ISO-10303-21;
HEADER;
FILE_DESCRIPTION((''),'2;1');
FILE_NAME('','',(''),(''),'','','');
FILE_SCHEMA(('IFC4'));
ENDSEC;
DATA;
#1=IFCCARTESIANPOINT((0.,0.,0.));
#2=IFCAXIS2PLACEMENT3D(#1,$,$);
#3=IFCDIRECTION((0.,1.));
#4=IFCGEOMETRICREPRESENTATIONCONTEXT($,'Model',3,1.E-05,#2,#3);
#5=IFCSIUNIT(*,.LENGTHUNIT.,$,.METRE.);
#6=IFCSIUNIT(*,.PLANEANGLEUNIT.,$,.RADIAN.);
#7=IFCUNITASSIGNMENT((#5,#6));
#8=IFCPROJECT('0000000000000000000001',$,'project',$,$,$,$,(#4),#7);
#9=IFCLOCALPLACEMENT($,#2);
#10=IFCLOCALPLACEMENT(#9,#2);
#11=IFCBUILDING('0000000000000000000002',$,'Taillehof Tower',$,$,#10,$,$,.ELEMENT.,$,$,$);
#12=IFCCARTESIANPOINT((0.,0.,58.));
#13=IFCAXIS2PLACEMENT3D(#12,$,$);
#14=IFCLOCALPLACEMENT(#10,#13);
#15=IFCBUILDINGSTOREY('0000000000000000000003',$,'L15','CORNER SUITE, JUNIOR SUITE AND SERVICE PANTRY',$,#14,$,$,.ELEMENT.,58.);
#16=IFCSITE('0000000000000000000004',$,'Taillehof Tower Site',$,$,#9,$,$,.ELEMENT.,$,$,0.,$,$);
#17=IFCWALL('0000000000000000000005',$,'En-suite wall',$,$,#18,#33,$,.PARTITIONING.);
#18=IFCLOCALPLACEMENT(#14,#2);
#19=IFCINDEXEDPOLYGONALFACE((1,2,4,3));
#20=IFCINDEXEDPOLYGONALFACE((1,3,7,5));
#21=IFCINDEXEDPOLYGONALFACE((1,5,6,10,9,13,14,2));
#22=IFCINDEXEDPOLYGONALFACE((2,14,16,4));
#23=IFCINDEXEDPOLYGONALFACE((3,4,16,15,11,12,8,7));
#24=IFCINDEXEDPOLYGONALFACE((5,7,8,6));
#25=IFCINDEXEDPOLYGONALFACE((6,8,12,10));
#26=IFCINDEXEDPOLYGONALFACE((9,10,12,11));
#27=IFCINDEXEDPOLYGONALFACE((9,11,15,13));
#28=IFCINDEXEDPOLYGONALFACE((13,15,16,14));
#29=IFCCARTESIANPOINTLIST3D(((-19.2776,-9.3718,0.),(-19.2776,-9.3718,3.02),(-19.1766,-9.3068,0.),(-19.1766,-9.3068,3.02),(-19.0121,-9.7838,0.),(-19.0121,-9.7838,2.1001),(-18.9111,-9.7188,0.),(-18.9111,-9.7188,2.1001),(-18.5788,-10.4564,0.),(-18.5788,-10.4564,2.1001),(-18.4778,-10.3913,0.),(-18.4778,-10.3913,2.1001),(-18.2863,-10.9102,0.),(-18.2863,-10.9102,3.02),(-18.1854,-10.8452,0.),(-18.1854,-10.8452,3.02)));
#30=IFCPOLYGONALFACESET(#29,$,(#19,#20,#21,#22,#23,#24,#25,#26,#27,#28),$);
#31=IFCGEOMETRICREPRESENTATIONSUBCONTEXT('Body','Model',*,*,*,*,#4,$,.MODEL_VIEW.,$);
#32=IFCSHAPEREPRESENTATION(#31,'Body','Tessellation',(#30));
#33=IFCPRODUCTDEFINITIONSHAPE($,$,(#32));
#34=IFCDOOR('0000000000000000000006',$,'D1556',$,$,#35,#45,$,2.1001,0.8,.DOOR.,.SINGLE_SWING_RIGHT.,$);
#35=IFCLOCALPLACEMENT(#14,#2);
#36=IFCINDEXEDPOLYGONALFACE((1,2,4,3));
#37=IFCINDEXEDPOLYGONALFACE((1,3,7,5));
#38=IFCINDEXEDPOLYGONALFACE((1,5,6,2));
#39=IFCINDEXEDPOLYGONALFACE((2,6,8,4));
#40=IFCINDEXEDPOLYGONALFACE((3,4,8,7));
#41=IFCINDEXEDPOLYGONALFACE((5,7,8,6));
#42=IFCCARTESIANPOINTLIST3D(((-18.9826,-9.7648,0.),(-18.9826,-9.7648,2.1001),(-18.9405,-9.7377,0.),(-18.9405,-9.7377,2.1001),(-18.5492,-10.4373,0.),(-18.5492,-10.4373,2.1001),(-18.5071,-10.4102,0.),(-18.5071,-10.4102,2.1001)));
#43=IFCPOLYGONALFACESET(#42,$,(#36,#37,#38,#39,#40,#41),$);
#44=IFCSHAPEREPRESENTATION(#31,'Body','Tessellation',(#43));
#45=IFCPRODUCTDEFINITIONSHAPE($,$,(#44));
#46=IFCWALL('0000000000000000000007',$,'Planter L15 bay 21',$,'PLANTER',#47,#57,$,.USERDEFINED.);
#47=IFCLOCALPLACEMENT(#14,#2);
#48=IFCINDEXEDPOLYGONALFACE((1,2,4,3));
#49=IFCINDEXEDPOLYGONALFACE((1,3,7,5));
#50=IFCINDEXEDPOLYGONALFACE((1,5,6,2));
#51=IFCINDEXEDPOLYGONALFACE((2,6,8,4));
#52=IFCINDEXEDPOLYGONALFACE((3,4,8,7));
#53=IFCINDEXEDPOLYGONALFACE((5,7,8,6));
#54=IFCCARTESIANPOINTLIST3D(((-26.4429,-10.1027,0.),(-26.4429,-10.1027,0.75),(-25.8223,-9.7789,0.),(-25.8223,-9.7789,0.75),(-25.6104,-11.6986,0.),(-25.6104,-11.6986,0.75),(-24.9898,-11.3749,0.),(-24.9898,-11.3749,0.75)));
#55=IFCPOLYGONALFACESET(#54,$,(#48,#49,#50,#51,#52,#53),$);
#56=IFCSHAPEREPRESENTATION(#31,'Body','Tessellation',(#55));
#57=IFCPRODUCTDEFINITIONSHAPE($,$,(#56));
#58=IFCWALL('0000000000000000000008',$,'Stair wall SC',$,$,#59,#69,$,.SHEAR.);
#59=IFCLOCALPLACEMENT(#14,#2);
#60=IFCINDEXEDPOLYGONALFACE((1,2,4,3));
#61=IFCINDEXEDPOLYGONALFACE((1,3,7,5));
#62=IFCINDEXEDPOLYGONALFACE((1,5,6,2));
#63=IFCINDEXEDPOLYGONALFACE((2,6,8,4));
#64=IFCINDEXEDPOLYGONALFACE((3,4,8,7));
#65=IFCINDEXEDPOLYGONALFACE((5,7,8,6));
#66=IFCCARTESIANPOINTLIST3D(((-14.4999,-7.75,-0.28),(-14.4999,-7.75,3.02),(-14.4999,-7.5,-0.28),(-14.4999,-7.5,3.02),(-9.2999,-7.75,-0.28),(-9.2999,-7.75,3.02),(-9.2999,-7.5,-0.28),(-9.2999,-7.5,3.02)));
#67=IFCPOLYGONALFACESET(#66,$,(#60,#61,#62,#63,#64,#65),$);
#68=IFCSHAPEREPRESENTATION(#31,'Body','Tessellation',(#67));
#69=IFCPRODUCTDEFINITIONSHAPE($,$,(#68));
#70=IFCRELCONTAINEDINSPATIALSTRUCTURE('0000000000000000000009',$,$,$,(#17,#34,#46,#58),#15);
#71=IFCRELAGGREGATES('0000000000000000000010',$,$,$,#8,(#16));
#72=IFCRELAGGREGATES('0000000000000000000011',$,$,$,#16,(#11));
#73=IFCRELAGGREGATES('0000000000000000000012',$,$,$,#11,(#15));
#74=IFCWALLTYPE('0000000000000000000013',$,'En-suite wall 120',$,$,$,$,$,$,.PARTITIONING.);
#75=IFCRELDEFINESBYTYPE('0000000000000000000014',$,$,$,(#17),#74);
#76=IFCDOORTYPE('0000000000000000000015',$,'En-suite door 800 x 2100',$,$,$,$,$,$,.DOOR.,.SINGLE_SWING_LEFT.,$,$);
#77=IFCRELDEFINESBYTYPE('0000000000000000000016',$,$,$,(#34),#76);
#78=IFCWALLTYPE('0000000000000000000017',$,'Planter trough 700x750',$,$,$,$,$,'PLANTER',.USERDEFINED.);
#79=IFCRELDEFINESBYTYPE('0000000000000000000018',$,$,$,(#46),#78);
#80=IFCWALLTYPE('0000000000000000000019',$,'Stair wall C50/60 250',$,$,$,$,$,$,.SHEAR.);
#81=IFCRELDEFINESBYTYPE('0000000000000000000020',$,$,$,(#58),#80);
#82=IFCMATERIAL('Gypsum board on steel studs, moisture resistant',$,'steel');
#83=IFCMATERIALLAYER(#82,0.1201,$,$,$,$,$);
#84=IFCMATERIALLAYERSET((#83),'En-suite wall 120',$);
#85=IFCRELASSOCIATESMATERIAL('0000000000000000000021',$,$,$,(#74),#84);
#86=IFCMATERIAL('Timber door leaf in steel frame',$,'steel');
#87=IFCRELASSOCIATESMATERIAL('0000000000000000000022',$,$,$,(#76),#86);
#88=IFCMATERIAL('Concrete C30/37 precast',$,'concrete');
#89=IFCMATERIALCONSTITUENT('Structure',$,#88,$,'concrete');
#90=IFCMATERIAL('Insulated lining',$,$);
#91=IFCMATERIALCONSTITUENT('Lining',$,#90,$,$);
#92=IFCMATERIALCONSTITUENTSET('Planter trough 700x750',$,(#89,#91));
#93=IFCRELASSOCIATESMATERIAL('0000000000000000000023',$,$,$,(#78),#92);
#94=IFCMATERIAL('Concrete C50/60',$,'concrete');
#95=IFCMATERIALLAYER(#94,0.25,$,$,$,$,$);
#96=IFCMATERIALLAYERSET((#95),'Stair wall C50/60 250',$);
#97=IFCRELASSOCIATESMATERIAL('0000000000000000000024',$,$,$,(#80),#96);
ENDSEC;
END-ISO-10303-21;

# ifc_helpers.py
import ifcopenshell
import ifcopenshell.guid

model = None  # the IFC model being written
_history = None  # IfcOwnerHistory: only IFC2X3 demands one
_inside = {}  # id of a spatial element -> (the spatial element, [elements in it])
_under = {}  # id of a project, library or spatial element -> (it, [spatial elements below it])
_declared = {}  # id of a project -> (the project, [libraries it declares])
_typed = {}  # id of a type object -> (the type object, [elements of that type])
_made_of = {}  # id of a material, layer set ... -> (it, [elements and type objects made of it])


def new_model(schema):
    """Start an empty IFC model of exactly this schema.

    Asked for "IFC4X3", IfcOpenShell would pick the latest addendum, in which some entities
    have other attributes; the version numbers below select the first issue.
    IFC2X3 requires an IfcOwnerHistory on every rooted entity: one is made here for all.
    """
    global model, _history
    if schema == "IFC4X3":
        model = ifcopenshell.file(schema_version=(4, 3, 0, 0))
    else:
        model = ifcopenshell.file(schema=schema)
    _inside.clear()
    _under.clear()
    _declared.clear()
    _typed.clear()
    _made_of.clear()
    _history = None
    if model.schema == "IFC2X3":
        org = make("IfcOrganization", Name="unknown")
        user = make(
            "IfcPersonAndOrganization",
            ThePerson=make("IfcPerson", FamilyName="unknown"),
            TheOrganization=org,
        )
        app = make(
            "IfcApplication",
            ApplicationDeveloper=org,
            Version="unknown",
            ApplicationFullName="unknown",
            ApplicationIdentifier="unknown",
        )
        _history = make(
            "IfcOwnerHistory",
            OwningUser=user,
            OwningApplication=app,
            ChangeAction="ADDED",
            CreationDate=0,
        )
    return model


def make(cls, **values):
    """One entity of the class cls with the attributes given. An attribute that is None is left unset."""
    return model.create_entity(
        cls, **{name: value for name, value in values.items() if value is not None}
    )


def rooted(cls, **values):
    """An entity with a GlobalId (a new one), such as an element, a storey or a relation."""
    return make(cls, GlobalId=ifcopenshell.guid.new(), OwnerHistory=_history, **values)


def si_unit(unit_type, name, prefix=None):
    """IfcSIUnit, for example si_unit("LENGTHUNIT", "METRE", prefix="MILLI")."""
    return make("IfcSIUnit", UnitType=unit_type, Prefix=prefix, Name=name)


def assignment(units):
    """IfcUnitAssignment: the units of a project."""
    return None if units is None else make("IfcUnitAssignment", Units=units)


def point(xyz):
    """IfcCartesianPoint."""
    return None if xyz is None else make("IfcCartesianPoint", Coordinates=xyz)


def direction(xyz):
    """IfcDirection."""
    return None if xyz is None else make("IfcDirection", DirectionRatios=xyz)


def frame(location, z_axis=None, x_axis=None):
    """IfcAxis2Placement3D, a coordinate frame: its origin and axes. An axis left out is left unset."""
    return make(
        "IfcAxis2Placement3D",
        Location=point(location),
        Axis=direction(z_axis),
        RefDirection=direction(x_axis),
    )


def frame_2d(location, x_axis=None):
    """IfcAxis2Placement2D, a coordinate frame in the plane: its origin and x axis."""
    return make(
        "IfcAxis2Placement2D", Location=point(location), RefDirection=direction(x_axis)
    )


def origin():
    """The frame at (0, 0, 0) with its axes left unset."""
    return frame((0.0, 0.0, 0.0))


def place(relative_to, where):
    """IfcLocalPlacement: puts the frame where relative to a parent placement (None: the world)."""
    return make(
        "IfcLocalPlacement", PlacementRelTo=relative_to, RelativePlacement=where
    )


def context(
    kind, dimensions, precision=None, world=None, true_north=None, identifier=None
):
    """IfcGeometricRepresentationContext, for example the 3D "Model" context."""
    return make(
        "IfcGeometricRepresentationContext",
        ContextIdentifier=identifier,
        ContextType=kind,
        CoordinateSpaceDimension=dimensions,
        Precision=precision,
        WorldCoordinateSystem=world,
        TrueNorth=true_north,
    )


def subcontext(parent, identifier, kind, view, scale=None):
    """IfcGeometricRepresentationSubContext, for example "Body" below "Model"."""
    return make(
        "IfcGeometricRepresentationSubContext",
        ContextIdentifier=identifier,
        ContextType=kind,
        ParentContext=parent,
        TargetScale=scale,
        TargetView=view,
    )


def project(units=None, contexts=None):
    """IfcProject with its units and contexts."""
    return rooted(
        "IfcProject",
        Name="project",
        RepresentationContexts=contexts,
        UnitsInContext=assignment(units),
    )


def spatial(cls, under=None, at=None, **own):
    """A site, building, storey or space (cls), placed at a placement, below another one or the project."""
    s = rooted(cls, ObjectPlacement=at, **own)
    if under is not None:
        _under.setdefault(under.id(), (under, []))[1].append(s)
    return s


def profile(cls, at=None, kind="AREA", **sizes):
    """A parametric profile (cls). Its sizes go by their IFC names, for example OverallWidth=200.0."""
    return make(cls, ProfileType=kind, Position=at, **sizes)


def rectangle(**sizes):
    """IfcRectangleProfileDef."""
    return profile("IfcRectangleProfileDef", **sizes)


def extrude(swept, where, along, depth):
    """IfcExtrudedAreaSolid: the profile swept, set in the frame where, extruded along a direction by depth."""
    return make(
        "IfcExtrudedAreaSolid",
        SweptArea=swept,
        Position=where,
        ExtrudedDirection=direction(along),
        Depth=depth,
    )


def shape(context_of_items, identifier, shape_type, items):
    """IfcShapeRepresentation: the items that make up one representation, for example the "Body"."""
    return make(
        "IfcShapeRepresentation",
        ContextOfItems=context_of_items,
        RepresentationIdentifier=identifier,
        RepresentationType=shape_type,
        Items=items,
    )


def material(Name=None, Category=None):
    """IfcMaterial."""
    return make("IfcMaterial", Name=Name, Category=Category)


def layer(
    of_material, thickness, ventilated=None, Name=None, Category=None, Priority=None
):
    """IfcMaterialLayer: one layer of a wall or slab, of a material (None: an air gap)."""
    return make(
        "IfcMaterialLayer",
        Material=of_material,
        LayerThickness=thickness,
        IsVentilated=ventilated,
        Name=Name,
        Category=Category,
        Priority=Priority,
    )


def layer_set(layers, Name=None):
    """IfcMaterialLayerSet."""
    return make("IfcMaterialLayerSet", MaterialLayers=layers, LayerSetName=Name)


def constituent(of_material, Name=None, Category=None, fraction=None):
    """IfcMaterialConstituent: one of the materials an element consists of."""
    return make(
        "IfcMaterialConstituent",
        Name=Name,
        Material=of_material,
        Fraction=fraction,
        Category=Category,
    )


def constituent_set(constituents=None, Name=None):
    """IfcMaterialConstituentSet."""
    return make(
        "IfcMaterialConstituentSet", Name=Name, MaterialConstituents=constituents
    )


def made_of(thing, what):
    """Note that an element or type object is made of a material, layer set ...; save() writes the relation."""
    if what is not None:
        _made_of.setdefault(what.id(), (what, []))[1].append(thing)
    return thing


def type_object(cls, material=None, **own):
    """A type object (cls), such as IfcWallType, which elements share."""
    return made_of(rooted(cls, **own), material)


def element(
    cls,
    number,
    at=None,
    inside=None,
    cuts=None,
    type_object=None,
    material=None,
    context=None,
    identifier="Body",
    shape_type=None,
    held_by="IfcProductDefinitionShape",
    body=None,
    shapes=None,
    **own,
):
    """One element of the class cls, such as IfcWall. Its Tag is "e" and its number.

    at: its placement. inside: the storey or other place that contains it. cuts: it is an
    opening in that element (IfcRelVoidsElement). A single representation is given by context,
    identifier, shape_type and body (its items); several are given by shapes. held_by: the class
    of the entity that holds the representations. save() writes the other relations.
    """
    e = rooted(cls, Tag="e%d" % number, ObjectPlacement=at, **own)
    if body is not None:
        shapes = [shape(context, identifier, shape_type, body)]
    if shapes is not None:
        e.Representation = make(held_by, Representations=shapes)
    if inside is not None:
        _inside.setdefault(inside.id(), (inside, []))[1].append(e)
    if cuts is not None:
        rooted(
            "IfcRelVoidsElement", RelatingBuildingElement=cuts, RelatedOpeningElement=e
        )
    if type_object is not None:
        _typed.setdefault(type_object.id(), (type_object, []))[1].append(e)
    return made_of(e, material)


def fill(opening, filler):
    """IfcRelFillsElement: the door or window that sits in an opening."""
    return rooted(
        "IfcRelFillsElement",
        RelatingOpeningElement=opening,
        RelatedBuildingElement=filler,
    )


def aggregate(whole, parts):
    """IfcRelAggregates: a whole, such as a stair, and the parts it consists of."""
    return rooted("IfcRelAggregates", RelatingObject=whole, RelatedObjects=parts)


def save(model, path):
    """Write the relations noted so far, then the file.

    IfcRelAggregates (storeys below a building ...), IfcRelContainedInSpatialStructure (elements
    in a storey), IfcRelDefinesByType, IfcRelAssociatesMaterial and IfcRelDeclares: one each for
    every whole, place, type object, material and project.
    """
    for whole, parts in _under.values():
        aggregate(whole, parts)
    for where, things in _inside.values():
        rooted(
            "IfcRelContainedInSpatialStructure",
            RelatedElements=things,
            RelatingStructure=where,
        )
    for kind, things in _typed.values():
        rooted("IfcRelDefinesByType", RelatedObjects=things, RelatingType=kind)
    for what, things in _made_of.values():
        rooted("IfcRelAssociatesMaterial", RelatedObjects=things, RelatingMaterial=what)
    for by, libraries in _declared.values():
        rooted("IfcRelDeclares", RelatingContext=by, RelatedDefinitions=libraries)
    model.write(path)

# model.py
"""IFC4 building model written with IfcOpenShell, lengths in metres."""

from ifc_helpers import new_model, si_unit, direction, frame, frame_2d, origin, place, context, subcontext, project, spatial, rectangle, extrude, material, layer, layer_set, constituent, constituent_set, type_object, element, fill, save


model = new_model("IFC4")

# Units and contexts
model_context = context("Model", 3, precision=1e-05, world=origin(), true_north=direction((0.0, 1.0)))
body_context = subcontext(model_context, "Body", "Model", "MODEL_VIEW")
ifc_project = project(units=[si_unit("LENGTHUNIT", "METRE"), si_unit("PLANEANGLEUNIT", "RADIAN")], contexts=[model_context])

# Site, building, storey
site_placement = place(None, origin())
site = spatial("IfcSite", under=ifc_project, at=site_placement, Name="Taillehof Tower Site", CompositionType="ELEMENT", RefElevation=0.0)
building_placement = place(site_placement, origin())
building = spatial("IfcBuilding", under=site, at=building_placement, Name="Taillehof Tower", CompositionType="ELEMENT")
storey_placement = place(building_placement, frame((0.0, 0.0, 58.0)))
storey = spatial("IfcBuildingStorey", under=building, at=storey_placement, Name="L15", Description="CORNER SUITE, JUNIOR SUITE AND SERVICE PANTRY", CompositionType="ELEMENT", Elevation=58.0)

# Shared definitions
ifc_material_1 = material(Name="Gypsum board on steel studs, moisture resistant", Category="steel")
ifc_layer_1 = layer(ifc_material_1, 0.1201)
ifc_layer_set_1 = layer_set([ifc_layer_1], Name="En-suite wall 120")
wall_type_1 = type_object("IfcWallType", Name="En-suite wall 120", PredefinedType="PARTITIONING", material=ifc_layer_set_1)

# Wall, opening, door
ifc_material_2 = material(Name="Timber door leaf in steel frame", Category="steel")
door_type_1 = type_object("IfcDoorType", Name="En-suite door 800 x 2100", OperationType="SINGLE_SWING_LEFT", PredefinedType="DOOR", material=ifc_material_2)
wall_1_placement = place(storey_placement, frame((-18.2358, -10.8777, 0.0), z_axis=(0.0, 0.0, 1.0), x_axis=(-0.541641, 0.84061, 0.0)))
wall_1 = element("IfcWall", 1, at=wall_1_placement, inside=storey, type_object=wall_type_1, Name="En-suite wall", PredefinedType="PARTITIONING", context=body_context, shape_type="SweptSolid", body=[
    extrude(rectangle(XDim=1.8301, YDim=0.1201, at=frame_2d((0.915, 0.0))), origin(), (0.0, 0.0, 1.0), 3.02),
])
opening_1_placement = place(wall_1_placement, frame((0.54, 0.0, 0.0)))
opening_1 = element("IfcOpeningElement", 2, at=opening_1_placement, cuts=wall_1, PredefinedType="OPENING", context=body_context, shape_type="SweptSolid", body=[
    extrude(rectangle(XDim=0.8, YDim=2.1001, at=frame_2d((0.3999, 1.05))), frame((0.0, 0.0701, 0.0), z_axis=(0.0, -1.0, 0.0), x_axis=(1.0, 0.0, 0.0)), (0.0, 0.0, 1.0), 0.1401),
])
door_1_placement = place(opening_1_placement, origin())
door_1 = element("IfcDoor", 3, at=door_1_placement, inside=storey, type_object=door_type_1, Name="D1556", OperationType="SINGLE_SWING_RIGHT", OverallHeight=2.1001, OverallWidth=0.8, PredefinedType="DOOR", context=body_context, shape_type="SweptSolid", body=[
    extrude(rectangle(XDim=0.8, YDim=2.1001, at=frame_2d((0.3999, 1.05))), frame((0.0, 0.0249, 0.0), z_axis=(0.0, -1.0, 0.0), x_axis=(1.0, 0.0, 0.0)), (0.0, 0.0, 1.0), 0.05),
])
fill(opening_1, door_1)

# Walls
ifc_material_3 = material(Name="Concrete C30/37 precast", Category="concrete")
ifc_constituent_1 = constituent(ifc_material_3, Name="Structure", Category="concrete")
ifc_material_4 = material(Name="Insulated lining")
ifc_constituent_2 = constituent(ifc_material_4, Name="Lining")
ifc_constituent_set = constituent_set(constituents=[ifc_constituent_1, ifc_constituent_2], Name="Planter trough 700x750")
wall_type_2 = type_object("IfcWallType", Name="Planter trough 700x750", ElementType="PLANTER", PredefinedType="USERDEFINED", material=ifc_constituent_set)
wall_2_placement = place(storey_placement, frame((-26.1326, -9.9409, 0.0), z_axis=(0.0, 0.0, 1.0), x_axis=(0.462501, -0.886619, 0.0)))
element("IfcWall", 4, at=wall_2_placement, inside=storey, type_object=wall_type_2, Name="Planter L15 bay 21", ObjectType="PLANTER", PredefinedType="USERDEFINED", context=body_context, shape_type="SweptSolid", body=[
    extrude(rectangle(XDim=1.8, YDim=0.7, at=frame_2d((0.8999, 0.0))), origin(), (0.0, 0.0, 1.0), 0.75),
])
ifc_material_5 = material(Name="Concrete C50/60", Category="concrete")
ifc_layer_2 = layer(ifc_material_5, 0.25)
ifc_layer_set_2 = layer_set([ifc_layer_2], Name="Stair wall C50/60 250")
wall_type_3 = type_object("IfcWallType", Name="Stair wall C50/60 250", PredefinedType="SHEAR", material=ifc_layer_set_2)
wall_3_placement = place(storey_placement, frame((-14.5, -7.625, -0.28), z_axis=(0.0, 0.0, 1.0), x_axis=(1.0, 0.0, 0.0)))
element("IfcWall", 5, at=wall_3_placement, inside=storey, type_object=wall_type_3, Name="Stair wall SC", PredefinedType="SHEAR", context=body_context, shape_type="SweptSolid", body=[
    extrude(rectangle(XDim=5.2, YDim=0.25, at=frame_2d((2.6001, 0.0))), origin(), (0.0, 0.0, 1.0), 3.3),
])

save(model, "model.ifc")
